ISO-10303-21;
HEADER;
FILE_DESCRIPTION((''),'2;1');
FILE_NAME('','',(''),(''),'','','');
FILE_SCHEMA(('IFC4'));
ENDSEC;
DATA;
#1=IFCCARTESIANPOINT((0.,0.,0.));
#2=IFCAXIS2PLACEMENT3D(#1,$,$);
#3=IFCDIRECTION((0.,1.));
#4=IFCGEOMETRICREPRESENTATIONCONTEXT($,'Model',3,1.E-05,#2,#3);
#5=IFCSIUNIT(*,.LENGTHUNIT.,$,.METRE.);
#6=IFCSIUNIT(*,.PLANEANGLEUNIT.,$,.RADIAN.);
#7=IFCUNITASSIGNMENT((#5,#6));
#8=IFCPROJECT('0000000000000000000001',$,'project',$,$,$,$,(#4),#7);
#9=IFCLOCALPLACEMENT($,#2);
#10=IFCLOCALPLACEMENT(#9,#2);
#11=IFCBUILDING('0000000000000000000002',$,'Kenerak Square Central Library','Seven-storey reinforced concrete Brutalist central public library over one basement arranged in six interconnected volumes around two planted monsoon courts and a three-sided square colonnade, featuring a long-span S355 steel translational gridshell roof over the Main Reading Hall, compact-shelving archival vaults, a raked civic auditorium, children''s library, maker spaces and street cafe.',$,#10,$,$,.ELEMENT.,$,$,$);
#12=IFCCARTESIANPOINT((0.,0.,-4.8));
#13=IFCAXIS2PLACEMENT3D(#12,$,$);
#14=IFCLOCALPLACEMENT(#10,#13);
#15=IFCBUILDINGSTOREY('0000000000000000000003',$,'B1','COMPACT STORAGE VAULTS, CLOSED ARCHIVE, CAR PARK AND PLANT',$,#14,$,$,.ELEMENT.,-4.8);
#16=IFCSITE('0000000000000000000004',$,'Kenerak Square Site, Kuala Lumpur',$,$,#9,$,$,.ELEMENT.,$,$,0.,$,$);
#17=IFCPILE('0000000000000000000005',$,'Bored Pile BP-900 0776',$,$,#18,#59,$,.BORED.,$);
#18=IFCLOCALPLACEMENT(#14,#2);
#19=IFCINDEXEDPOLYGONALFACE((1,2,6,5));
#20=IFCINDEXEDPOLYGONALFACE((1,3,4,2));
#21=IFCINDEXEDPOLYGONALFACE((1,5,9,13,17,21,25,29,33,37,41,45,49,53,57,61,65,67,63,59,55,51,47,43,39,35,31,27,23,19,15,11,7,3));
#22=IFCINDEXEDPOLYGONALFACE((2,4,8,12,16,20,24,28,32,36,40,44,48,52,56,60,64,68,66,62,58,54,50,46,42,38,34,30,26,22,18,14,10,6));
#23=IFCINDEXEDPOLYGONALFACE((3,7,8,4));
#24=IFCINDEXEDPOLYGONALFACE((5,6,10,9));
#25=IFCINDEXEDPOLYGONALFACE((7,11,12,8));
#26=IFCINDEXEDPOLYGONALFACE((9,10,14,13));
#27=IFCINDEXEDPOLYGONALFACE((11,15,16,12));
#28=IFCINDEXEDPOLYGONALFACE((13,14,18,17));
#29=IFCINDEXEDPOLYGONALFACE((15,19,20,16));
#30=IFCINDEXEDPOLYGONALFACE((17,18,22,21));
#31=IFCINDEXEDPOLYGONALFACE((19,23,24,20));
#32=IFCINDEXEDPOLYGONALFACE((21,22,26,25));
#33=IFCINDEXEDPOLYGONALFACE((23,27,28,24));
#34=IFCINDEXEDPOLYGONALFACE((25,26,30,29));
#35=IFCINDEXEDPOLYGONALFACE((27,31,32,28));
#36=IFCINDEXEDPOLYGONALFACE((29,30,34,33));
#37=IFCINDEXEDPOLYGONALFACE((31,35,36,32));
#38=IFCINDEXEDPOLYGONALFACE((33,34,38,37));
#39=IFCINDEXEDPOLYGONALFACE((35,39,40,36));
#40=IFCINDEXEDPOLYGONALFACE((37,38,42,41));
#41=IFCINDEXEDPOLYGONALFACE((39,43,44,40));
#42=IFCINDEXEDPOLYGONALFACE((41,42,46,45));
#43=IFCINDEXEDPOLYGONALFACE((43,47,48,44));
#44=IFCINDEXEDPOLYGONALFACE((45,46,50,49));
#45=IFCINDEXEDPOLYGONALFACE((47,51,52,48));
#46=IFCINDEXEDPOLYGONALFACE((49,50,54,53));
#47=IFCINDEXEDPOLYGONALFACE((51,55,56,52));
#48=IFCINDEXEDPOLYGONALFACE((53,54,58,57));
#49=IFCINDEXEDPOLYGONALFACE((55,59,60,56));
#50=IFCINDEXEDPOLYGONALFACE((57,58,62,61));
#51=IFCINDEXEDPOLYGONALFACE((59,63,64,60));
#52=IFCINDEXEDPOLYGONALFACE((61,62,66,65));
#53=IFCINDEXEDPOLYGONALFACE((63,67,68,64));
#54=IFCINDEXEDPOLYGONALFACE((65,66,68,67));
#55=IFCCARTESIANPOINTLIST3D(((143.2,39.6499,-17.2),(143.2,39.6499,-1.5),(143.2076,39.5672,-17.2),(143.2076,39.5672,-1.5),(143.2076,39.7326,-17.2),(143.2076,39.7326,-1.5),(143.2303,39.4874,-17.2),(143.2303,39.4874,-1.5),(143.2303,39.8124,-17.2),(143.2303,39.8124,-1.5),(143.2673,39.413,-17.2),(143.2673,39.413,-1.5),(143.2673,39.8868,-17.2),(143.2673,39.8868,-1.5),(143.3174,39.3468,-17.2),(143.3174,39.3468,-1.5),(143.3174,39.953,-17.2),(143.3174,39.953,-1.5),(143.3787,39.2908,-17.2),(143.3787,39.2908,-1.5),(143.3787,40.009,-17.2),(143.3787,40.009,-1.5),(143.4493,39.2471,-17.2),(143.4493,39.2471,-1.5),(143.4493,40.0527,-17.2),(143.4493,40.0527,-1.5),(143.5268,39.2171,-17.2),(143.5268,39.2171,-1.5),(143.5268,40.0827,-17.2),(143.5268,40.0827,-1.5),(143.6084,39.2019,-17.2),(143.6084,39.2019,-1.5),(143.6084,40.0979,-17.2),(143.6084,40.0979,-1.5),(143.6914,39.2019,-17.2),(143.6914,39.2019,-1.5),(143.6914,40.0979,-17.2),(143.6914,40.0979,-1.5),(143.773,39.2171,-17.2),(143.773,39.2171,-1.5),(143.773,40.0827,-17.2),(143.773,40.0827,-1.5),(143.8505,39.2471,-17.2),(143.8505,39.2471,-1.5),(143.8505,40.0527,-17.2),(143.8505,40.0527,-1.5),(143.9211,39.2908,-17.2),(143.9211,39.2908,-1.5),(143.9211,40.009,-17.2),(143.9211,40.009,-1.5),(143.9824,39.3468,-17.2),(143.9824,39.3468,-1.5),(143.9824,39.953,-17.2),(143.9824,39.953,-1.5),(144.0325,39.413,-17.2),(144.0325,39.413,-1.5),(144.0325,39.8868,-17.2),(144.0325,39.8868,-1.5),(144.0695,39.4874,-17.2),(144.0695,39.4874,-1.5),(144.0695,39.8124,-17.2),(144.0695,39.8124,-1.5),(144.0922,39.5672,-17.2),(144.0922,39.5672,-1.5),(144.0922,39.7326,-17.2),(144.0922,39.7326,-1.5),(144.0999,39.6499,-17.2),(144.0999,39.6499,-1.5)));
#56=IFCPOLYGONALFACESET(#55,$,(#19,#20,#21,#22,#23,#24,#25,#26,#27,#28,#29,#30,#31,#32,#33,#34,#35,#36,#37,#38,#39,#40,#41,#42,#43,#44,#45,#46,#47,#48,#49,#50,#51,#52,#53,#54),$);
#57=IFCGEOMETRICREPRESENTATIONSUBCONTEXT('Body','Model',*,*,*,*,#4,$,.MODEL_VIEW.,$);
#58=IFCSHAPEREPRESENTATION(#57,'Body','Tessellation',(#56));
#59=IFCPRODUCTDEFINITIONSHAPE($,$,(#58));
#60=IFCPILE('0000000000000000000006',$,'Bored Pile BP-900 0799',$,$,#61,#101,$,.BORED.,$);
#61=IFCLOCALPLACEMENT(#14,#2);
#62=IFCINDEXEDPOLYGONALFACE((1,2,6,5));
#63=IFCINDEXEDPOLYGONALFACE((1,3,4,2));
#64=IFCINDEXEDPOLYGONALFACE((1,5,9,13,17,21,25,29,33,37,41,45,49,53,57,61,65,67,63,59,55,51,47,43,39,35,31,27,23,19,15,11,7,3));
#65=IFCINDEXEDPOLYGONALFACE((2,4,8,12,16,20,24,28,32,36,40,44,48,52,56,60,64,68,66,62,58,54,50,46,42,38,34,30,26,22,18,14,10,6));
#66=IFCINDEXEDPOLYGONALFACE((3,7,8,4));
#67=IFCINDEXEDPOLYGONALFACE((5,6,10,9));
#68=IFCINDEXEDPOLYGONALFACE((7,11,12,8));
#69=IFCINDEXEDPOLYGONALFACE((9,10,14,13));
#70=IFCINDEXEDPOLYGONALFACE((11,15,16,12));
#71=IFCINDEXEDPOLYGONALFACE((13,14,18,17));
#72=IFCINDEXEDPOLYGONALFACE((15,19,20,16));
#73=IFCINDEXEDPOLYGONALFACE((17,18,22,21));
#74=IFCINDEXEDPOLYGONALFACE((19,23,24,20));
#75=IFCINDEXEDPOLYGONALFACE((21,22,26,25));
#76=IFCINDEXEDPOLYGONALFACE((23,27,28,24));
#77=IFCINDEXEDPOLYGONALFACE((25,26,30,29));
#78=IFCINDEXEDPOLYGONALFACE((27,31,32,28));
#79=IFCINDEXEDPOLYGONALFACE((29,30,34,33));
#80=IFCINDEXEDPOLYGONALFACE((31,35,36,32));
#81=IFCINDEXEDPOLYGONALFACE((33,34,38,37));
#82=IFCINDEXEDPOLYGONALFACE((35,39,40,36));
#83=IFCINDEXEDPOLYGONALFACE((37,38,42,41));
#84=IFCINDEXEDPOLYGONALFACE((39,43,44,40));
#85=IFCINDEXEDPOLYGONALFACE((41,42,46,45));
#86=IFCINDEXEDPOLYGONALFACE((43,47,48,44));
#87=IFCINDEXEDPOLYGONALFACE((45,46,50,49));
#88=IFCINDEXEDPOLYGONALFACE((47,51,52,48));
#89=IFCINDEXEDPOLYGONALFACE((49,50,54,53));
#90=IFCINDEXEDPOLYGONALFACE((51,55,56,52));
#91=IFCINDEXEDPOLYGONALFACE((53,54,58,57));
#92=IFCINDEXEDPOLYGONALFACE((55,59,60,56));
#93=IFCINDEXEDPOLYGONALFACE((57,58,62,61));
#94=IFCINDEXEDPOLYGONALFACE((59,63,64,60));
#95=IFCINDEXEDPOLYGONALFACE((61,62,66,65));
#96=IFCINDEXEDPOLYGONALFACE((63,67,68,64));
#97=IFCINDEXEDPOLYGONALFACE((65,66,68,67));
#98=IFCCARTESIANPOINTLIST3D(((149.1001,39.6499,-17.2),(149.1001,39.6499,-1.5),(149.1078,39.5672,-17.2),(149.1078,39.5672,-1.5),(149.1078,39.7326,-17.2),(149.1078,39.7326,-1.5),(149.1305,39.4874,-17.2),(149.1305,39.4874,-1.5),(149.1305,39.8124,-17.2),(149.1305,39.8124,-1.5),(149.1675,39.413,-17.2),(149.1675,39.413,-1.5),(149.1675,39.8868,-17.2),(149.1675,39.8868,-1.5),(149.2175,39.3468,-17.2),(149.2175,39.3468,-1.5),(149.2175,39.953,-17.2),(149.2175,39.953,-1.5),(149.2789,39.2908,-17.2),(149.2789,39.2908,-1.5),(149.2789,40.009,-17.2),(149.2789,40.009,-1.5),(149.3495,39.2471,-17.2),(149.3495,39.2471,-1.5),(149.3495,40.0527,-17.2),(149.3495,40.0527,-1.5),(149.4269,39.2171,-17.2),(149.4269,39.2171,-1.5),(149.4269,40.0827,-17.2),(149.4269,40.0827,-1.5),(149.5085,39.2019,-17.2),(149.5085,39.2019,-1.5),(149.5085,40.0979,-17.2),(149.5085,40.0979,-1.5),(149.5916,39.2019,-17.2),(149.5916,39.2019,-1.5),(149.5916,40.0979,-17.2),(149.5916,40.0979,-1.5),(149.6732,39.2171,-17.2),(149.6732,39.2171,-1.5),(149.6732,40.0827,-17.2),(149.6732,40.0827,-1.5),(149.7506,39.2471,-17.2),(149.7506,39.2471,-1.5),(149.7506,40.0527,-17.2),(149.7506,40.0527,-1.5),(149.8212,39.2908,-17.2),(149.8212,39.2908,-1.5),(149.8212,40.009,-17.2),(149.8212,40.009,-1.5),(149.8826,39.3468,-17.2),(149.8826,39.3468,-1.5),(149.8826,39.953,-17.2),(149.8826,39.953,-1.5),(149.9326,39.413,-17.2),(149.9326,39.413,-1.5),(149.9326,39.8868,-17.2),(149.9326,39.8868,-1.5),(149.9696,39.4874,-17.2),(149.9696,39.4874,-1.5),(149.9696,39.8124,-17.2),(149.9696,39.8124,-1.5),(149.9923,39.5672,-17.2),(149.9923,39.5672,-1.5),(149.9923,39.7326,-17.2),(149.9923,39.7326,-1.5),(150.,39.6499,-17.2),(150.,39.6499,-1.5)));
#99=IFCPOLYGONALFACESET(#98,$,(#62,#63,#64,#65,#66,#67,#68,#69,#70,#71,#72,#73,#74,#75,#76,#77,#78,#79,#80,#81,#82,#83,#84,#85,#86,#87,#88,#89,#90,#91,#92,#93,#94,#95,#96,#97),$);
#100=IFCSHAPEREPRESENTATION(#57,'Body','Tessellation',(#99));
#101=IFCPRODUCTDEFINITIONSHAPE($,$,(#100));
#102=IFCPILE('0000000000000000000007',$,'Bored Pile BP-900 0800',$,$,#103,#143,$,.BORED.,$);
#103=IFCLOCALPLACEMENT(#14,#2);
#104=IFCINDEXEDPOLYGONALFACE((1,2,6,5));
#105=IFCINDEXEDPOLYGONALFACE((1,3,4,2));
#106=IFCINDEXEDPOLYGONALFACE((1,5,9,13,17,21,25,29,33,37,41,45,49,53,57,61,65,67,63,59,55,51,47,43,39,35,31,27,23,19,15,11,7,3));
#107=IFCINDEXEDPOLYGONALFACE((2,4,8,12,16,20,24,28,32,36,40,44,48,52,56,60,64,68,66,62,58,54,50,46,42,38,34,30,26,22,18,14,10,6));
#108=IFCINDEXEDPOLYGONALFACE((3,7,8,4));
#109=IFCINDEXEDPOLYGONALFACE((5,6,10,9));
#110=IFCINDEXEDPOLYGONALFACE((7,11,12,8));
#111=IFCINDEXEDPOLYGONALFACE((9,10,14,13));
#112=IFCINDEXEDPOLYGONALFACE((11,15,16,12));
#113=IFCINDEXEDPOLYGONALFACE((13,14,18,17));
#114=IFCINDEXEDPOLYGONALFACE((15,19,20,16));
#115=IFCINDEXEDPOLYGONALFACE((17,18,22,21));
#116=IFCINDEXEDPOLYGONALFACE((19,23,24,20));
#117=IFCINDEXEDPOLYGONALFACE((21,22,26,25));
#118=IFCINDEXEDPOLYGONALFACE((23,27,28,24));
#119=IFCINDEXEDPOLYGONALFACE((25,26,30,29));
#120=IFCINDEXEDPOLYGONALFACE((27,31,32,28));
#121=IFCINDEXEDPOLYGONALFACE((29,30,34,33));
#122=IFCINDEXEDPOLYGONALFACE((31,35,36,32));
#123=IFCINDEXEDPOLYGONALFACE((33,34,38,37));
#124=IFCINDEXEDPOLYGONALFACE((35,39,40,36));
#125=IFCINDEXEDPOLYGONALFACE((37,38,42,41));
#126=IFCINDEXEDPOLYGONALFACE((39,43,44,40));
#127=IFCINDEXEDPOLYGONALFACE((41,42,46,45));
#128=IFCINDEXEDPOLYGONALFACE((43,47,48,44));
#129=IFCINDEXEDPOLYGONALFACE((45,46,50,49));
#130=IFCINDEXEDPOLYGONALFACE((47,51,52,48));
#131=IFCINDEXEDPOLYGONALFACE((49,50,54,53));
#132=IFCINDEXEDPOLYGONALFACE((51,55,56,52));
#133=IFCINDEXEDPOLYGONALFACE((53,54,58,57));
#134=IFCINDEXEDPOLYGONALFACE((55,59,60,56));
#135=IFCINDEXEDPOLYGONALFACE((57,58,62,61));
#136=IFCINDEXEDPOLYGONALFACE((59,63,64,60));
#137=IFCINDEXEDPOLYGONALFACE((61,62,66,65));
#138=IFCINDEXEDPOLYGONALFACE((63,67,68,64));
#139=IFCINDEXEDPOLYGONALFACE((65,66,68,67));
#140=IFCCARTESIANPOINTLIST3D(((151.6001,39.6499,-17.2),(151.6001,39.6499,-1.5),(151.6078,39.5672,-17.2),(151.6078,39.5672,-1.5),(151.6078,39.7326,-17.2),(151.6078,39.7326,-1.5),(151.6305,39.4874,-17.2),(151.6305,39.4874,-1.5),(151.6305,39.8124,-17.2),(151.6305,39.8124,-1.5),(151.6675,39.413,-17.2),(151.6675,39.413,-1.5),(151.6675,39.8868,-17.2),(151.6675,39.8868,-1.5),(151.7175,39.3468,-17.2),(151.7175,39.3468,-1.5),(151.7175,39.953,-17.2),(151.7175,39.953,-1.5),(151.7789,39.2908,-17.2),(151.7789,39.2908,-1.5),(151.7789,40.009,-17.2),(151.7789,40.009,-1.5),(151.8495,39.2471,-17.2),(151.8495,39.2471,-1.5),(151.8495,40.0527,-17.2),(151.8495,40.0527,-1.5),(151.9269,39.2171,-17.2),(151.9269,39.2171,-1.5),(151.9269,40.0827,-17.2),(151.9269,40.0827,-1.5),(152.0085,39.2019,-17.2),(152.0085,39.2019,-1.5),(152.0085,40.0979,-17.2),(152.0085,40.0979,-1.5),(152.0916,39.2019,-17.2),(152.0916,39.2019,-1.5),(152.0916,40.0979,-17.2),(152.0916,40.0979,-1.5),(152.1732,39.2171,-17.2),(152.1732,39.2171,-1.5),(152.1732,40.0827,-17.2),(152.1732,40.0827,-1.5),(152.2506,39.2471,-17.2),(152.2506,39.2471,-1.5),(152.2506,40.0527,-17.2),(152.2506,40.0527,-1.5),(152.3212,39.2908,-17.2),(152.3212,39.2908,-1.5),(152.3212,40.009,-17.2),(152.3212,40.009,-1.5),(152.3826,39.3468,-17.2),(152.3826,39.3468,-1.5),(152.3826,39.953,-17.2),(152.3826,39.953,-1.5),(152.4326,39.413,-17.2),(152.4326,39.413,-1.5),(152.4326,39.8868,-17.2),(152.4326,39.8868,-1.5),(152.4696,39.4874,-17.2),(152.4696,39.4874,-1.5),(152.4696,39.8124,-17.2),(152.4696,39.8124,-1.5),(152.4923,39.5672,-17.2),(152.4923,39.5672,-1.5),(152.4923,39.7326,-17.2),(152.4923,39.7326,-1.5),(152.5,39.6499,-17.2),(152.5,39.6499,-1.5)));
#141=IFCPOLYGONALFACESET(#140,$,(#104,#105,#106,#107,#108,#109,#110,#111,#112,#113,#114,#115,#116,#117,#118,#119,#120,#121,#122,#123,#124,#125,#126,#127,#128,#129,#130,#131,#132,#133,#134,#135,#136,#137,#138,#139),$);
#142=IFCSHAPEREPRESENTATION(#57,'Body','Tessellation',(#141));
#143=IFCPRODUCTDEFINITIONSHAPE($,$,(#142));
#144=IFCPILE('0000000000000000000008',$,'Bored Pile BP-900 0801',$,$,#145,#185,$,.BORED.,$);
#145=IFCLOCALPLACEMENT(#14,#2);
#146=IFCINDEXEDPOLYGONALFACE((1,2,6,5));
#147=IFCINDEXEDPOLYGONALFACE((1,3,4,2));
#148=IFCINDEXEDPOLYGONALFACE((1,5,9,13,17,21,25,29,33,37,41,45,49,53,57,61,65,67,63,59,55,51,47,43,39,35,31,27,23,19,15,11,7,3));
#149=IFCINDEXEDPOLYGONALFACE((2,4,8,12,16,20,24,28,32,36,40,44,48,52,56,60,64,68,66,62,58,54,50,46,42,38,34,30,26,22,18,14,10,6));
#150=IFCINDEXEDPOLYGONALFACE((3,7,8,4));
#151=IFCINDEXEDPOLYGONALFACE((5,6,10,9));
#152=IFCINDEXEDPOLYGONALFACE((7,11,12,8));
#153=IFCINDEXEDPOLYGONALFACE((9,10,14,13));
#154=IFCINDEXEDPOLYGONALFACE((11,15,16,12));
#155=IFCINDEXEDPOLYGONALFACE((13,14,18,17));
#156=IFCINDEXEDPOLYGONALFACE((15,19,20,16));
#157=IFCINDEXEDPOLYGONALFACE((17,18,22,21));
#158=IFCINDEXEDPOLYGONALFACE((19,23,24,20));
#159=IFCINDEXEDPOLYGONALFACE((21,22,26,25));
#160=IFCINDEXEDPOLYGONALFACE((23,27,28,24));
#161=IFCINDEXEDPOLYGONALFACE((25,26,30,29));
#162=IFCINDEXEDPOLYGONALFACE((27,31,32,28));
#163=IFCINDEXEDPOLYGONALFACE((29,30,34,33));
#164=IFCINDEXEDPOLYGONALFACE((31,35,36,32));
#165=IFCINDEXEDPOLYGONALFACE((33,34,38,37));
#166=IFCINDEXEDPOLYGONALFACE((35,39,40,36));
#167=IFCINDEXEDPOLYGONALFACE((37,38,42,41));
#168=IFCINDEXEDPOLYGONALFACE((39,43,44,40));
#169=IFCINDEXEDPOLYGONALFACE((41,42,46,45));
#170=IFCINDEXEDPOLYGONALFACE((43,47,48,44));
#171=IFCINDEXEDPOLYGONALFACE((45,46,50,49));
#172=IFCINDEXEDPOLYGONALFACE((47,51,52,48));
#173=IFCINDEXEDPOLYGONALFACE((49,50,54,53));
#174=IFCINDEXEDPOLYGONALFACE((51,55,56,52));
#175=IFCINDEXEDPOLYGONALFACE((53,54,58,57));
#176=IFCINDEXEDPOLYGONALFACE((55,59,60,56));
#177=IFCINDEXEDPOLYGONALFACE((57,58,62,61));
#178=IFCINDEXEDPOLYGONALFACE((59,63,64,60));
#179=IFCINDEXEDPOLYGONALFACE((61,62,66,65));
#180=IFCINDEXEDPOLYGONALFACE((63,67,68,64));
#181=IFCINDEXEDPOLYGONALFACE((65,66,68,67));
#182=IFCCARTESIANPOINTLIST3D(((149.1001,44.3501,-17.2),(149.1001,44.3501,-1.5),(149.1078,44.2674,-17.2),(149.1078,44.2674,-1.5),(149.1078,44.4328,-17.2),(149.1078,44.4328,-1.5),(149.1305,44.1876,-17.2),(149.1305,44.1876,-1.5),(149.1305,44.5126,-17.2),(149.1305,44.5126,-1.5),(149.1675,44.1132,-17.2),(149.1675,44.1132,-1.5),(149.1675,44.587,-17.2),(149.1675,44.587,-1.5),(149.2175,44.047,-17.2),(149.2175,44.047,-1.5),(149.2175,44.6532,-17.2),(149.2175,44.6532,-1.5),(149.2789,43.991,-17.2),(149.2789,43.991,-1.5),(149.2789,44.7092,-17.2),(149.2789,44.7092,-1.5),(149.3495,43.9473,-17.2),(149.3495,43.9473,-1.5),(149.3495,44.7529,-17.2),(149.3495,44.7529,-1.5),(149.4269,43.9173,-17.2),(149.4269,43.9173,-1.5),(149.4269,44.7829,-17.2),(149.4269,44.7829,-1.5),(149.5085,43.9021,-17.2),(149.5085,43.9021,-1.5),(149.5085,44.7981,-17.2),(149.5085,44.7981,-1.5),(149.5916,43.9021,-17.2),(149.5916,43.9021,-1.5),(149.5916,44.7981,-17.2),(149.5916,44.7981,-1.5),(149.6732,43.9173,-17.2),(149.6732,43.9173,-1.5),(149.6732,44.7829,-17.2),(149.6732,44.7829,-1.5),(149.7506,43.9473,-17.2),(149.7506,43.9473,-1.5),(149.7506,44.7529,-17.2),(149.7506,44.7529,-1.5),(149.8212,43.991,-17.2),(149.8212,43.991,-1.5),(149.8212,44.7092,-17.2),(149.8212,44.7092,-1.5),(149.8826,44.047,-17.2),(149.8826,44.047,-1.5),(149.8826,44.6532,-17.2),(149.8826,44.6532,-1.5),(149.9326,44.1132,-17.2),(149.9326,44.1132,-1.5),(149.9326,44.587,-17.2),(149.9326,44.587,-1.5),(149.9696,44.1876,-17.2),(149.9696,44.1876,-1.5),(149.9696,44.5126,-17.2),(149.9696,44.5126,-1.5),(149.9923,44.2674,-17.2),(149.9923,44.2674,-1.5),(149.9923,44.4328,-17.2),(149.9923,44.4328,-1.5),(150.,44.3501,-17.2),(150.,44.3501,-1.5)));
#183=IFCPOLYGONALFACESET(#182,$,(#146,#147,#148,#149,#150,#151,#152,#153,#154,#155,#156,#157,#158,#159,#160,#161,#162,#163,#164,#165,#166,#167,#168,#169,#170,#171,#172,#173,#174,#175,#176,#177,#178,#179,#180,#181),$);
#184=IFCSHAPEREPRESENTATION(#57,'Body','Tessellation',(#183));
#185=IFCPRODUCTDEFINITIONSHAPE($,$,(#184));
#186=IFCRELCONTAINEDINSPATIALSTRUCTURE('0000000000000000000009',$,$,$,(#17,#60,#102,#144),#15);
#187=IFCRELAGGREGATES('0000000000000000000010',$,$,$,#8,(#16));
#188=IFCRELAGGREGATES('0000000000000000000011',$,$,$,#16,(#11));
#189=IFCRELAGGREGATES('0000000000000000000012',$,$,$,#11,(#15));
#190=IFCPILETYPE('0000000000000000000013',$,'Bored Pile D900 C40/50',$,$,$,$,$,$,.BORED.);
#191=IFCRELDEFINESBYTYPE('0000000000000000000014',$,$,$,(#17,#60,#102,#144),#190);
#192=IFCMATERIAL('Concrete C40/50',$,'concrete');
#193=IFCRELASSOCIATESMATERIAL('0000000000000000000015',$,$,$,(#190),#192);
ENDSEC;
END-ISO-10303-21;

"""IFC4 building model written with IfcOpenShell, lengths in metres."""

from ifc_helpers import new_model, si_unit, direction, frame, origin, origin_2d, place, context, subcontext, project, spatial, circle, extrude, material, material_profile, profile_set, type_object, element, save


model = new_model("IFC4")

# Units and contexts
model_context = context("Model", 3, precision=1e-05, world=origin(), true_north=direction((0.0, 1.0)))
body_context = subcontext(model_context, "Body", "Model", "MODEL_VIEW")
ifc_project = project(units=[si_unit("LENGTHUNIT", "METRE"), si_unit("PLANEANGLEUNIT", "RADIAN")], contexts=[model_context])

# Site, building, storey
site_placement = place(None, origin())
site = spatial("IfcSite", under=ifc_project, at=site_placement, Name="Kenerak Square Site, Kuala Lumpur", CompositionType="ELEMENT", RefElevation=0.0)
building_placement = place(site_placement, origin())
building = spatial("IfcBuilding", under=site, at=building_placement, Name="Kenerak Square Central Library", Description="Seven-storey reinforced concrete Brutalist central public library over one basement arranged in six interconnected volumes around two planted monsoon courts and a three-sided square colonnade, featuring a long-span S355 steel translational gridshell roof over the Main Reading Hall, compact-shelving archival vaults, a raked civic auditorium, children's library, maker spaces and street cafe.", CompositionType="ELEMENT")
storey_placement = place(building_placement, frame((0.0, 0.0, -4.8)))
storey = spatial("IfcBuildingStorey", under=building, at=storey_placement, Name="B1", Description="COMPACT STORAGE VAULTS, CLOSED ARCHIVE, CAR PARK AND PLANT", CompositionType="ELEMENT", Elevation=-4.8)

# Piles
ifc_material_1 = material(Name="Concrete C40/50", Category="concrete")
ifc_material_profile_1 = material_profile(ifc_material_1, circle(Radius=0.45, at=origin_2d()), Name="BP D900")
ifc_profile_set_1 = profile_set([ifc_material_profile_1], Name="Concrete C40/50")
pile_type_1 = type_object("IfcPileType", Name="Bored Pile D900 C40/50", PredefinedType="BORED", material=ifc_profile_set_1)
for number, where, z_axis, x_axis, name in (
    (1, (143.6499, 39.6499, -1.5), (0.0, 0.0, -1.0), (1.0, 0.0, 0.0), "Bored Pile BP-900 0776"),
    (2, (149.55, 39.6499, -1.5), (0.0, 0.0, -1.0), (1.0, 0.0, 0.0), "Bored Pile BP-900 0799"),
    (3, (152.05, 39.6499, -1.5), (0.0, 0.0, -1.0), (1.0, 0.0, 0.0), "Bored Pile BP-900 0800"),
    (4, (149.55, 44.3501, -1.5), (0.0, 0.0, -1.0), (1.0, 0.0, 0.0), "Bored Pile BP-900 0801"),
):
    element("IfcPile", number, at=place(storey_placement, frame(where, z_axis=z_axis, x_axis=x_axis)), inside=storey, type_object=pile_type_1, Name=name, PredefinedType="BORED", context=body_context, shape_type="SweptSolid", body=[
        extrude(circle(Radius=0.45, at=origin_2d()), origin(), (0.0, 0.0, 1.0), 15.7),
    ])

save(model, "model.ifc")
